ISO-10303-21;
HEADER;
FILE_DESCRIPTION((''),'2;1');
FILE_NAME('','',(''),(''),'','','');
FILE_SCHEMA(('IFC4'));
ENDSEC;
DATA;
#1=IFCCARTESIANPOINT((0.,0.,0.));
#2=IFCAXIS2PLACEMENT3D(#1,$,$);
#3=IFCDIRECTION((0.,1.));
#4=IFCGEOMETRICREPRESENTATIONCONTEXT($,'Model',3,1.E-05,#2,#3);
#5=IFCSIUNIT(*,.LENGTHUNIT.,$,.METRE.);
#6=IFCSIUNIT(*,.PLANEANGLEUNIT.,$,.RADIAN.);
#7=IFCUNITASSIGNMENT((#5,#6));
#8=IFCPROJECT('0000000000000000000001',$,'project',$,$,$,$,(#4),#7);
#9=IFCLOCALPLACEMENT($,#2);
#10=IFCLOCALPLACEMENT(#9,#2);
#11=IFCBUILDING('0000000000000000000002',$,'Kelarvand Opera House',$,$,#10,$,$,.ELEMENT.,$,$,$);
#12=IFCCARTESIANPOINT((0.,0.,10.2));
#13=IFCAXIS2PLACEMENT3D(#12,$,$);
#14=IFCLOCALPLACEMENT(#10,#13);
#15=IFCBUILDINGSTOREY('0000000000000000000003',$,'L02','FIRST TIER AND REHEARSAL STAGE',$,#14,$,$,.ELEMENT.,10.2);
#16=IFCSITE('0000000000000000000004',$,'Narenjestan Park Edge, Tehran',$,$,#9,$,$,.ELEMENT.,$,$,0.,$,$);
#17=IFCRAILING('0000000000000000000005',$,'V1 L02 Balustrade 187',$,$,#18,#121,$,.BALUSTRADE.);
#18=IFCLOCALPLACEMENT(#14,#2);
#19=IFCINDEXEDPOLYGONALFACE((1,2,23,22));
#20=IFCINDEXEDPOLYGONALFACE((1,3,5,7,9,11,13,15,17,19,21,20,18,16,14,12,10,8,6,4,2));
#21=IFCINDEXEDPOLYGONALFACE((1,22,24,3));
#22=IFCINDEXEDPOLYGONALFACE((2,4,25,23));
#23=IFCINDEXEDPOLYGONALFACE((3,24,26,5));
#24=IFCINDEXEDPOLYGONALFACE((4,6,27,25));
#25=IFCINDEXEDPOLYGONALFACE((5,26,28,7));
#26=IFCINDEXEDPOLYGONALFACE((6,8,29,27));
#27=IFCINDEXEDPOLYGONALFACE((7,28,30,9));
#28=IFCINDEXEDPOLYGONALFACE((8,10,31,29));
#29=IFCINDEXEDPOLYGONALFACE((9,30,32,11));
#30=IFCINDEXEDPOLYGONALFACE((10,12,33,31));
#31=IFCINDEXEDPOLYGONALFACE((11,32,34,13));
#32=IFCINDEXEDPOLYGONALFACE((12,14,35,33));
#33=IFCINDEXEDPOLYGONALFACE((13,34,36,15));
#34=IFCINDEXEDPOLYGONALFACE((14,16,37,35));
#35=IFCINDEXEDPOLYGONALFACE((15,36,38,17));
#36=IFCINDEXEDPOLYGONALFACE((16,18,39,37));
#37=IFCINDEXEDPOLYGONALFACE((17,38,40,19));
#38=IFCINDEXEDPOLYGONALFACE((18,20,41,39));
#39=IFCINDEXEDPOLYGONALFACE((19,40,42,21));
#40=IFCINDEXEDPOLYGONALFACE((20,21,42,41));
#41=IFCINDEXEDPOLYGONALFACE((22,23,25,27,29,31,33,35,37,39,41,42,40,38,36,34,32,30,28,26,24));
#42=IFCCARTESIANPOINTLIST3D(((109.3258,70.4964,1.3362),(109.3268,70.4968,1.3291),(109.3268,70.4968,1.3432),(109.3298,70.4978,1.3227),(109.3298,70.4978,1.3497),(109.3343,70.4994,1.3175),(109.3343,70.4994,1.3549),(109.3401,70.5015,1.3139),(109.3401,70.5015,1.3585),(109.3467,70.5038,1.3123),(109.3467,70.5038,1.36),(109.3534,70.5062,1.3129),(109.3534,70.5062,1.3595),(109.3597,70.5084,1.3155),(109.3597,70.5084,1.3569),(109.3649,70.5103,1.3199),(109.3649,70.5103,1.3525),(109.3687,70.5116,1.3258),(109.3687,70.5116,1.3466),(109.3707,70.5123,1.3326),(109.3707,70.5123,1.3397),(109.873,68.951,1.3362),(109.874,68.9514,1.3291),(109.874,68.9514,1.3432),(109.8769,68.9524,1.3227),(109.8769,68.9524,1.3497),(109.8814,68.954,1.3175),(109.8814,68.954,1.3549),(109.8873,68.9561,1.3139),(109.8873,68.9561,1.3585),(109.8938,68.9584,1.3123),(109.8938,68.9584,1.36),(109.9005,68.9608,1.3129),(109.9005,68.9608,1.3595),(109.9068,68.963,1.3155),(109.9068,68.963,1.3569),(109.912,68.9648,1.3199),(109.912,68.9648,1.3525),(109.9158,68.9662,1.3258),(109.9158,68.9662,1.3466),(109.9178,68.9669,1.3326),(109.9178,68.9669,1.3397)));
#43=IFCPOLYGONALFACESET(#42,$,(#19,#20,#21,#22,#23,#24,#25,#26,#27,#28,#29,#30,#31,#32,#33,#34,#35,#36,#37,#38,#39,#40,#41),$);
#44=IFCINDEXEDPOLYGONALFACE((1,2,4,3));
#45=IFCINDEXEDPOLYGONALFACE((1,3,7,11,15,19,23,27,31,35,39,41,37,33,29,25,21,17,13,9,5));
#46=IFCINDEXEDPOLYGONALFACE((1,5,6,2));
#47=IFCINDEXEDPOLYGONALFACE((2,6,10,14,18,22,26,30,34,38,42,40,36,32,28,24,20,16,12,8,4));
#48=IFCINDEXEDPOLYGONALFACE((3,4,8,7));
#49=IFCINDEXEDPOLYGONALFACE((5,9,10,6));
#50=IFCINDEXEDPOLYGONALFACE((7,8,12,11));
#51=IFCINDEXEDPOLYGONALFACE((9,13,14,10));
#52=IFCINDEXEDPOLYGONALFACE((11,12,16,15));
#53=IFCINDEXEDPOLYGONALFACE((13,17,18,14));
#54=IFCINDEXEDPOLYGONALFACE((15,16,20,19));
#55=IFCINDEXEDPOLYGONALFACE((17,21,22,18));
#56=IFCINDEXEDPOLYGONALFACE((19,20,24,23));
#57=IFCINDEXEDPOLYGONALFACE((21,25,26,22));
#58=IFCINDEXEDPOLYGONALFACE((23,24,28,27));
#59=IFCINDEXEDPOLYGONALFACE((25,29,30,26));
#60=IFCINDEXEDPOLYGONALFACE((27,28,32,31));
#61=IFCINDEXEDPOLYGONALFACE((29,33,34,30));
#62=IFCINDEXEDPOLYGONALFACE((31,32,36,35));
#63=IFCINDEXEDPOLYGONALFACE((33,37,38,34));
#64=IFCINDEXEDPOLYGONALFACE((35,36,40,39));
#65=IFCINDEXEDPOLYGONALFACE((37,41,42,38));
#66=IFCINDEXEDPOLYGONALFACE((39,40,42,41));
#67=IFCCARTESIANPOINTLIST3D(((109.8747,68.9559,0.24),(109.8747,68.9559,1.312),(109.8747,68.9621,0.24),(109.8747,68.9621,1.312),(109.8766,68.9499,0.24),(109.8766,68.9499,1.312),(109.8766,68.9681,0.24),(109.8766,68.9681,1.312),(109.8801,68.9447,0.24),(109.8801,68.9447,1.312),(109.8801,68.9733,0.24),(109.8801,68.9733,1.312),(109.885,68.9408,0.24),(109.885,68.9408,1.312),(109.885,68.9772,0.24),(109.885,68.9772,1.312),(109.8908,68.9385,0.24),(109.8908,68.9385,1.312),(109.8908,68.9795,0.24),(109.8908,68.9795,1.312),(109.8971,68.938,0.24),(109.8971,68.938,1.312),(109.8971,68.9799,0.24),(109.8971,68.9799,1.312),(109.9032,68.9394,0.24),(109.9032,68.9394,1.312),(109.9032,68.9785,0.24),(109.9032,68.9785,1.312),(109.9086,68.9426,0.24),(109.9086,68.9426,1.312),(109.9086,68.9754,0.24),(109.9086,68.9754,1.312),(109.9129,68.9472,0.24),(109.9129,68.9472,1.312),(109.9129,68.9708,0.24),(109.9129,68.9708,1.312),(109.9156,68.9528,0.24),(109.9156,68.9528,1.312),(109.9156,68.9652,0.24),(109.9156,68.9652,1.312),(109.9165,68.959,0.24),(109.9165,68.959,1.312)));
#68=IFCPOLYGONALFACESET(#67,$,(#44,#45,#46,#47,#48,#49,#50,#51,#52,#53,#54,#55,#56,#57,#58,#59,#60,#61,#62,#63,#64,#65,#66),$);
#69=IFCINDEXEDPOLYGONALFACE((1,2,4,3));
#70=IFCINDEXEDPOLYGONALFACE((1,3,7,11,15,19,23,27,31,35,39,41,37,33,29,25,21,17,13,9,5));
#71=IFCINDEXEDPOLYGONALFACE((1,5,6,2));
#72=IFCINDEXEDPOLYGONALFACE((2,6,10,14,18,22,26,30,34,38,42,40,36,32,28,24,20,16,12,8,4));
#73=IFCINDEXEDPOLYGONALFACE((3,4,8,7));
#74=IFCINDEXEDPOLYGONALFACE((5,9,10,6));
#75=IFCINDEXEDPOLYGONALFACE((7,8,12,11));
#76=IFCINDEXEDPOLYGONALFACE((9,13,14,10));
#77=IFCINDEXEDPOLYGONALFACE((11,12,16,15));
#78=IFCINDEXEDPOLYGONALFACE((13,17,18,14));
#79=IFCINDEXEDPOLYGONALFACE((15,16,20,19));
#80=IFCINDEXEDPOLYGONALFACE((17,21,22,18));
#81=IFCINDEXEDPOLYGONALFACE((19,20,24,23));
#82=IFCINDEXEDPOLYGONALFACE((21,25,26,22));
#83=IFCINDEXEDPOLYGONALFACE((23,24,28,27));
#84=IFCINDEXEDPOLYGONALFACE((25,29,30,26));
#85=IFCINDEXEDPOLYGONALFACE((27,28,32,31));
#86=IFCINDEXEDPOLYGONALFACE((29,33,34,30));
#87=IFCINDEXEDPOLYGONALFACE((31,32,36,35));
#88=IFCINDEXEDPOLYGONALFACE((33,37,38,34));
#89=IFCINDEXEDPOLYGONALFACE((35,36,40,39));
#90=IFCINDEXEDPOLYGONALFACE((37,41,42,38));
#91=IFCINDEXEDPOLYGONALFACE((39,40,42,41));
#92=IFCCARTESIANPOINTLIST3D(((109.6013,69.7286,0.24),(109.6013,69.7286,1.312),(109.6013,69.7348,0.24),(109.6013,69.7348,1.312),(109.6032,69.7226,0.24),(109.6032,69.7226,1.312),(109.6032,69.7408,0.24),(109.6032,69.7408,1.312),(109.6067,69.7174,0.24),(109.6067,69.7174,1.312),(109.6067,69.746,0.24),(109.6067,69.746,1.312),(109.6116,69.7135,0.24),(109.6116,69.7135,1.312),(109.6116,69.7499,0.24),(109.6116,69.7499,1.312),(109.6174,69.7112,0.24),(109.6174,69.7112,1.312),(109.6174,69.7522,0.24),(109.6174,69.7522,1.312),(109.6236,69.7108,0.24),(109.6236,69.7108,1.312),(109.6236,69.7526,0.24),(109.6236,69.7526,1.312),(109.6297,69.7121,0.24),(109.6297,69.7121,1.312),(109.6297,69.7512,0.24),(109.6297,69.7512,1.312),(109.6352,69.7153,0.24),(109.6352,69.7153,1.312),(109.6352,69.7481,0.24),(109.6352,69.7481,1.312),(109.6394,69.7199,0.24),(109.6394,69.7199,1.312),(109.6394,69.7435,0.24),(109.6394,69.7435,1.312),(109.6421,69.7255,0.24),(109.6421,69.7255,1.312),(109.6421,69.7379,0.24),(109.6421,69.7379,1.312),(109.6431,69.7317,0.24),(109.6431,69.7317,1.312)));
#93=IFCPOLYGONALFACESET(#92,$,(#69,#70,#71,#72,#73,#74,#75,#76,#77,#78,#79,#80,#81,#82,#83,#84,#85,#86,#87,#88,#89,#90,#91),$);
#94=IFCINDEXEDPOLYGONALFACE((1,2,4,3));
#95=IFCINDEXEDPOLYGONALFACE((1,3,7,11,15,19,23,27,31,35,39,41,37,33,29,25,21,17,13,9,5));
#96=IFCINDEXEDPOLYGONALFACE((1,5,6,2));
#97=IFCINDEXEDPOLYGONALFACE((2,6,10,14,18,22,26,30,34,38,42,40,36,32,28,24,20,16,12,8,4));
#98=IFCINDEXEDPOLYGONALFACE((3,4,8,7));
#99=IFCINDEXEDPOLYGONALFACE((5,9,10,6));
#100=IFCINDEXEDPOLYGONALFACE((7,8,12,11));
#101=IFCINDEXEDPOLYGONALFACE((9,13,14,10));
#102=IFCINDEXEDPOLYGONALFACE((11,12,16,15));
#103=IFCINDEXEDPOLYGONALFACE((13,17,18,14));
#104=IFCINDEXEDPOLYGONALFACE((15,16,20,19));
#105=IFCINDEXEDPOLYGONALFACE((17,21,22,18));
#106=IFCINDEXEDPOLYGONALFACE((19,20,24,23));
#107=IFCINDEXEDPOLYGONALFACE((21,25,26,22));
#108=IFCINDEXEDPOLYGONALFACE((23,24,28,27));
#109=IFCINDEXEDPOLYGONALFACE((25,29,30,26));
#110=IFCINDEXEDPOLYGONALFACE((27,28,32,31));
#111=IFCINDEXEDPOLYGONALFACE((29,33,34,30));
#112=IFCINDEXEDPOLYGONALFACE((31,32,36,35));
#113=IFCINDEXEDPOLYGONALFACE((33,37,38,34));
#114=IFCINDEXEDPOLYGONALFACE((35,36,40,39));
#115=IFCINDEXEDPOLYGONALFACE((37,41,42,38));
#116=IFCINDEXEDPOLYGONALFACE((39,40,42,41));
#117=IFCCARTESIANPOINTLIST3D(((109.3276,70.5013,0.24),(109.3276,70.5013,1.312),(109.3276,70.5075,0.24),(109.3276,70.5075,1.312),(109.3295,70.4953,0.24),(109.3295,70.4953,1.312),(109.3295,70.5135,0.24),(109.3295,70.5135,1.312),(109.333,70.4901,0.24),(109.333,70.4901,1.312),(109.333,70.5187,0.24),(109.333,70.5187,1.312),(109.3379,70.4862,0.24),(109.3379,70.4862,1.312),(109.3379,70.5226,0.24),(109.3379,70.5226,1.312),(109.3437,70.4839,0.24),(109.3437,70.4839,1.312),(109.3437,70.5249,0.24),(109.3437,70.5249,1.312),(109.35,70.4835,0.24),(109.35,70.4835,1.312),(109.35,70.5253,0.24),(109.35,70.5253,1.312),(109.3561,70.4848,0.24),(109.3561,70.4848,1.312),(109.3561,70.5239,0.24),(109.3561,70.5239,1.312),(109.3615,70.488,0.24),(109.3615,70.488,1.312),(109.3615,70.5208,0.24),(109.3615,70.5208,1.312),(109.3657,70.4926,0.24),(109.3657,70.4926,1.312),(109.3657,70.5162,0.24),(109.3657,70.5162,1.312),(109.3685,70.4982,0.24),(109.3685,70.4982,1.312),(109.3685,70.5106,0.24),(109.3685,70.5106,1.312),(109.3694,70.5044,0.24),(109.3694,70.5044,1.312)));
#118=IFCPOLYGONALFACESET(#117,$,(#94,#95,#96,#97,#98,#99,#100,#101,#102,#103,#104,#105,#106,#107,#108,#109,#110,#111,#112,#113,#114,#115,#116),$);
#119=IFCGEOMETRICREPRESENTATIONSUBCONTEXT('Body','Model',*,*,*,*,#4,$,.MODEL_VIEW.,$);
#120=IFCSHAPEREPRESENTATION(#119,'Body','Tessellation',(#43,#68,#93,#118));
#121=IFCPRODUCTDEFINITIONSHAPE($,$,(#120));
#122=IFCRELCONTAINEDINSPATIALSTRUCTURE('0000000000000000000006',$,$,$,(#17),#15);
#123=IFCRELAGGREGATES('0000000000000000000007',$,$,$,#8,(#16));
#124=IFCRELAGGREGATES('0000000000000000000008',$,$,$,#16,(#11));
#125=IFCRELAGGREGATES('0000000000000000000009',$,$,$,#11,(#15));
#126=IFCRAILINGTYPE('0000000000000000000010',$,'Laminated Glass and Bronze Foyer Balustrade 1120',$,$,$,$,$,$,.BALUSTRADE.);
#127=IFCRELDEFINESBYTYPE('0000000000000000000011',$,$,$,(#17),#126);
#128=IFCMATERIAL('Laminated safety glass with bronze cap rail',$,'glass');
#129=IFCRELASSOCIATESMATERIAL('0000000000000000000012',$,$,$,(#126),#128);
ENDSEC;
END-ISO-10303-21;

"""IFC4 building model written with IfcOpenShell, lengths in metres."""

from ifc_helpers import new_model, si_unit, direction, frame, origin, origin_2d, place, context, subcontext, project, spatial, circle, extrude, material, type_object, element, save


model = new_model("IFC4")

# Units and contexts
model_context = context("Model", 3, precision=1e-05, world=origin(), true_north=direction((0.0, 1.0)))
body_context = subcontext(model_context, "Body", "Model", "MODEL_VIEW")
ifc_project = project(units=[si_unit("LENGTHUNIT", "METRE"), si_unit("PLANEANGLEUNIT", "RADIAN")], contexts=[model_context])

# Site, building, storey
site_placement = place(None, origin())
site = spatial("IfcSite", under=ifc_project, at=site_placement, Name="Narenjestan Park Edge, Tehran", CompositionType="ELEMENT", RefElevation=0.0)
building_placement = place(site_placement, origin())
building = spatial("IfcBuilding", under=site, at=building_placement, Name="Kelarvand Opera House", CompositionType="ELEMENT")
storey_placement = place(building_placement, frame((0.0, 0.0, 10.2)))
storey = spatial("IfcBuildingStorey", under=building, at=storey_placement, Name="L02", Description="FIRST TIER AND REHEARSAL STAGE", CompositionType="ELEMENT", Elevation=10.2)

# Railing
ifc_material_1 = material(Name="Laminated safety glass with bronze cap rail", Category="glass")
railing_type = type_object("IfcRailingType", Name="Laminated Glass and Bronze Foyer Balustrade 1120", PredefinedType="BALUSTRADE", material=ifc_material_1)
railing_1_placement = place(storey_placement, frame((109.8955, 68.959, 0.24)))
element("IfcRailing", 1, at=railing_1_placement, inside=storey, type_object=railing_type, Name="V1 L02 Balustrade 187", PredefinedType="BALUSTRADE", context=body_context, shape_type="SweptSolid", body=[
    extrude(circle(Radius=0.0239, at=origin_2d()), frame((0.0, 0.0, 1.0962), z_axis=(-0.333731, 0.942668, 0.0), x_axis=(-0.942668, -0.333731, 0.0)), (0.0, 0.0, 1.0), 1.6394),
    extrude(circle(Radius=0.021, at=origin_2d()), origin(), (0.0, 0.0, 1.0), 1.072),
    extrude(circle(Radius=0.021, at=origin_2d()), frame((-0.2734, 0.7727, 0.0)), (0.0, 0.0, 1.0), 1.072),
    extrude(circle(Radius=0.021, at=origin_2d()), frame((-0.5471, 1.5454, 0.0)), (0.0, 0.0, 1.0), 1.072),
])

save(model, "model.ifc")
